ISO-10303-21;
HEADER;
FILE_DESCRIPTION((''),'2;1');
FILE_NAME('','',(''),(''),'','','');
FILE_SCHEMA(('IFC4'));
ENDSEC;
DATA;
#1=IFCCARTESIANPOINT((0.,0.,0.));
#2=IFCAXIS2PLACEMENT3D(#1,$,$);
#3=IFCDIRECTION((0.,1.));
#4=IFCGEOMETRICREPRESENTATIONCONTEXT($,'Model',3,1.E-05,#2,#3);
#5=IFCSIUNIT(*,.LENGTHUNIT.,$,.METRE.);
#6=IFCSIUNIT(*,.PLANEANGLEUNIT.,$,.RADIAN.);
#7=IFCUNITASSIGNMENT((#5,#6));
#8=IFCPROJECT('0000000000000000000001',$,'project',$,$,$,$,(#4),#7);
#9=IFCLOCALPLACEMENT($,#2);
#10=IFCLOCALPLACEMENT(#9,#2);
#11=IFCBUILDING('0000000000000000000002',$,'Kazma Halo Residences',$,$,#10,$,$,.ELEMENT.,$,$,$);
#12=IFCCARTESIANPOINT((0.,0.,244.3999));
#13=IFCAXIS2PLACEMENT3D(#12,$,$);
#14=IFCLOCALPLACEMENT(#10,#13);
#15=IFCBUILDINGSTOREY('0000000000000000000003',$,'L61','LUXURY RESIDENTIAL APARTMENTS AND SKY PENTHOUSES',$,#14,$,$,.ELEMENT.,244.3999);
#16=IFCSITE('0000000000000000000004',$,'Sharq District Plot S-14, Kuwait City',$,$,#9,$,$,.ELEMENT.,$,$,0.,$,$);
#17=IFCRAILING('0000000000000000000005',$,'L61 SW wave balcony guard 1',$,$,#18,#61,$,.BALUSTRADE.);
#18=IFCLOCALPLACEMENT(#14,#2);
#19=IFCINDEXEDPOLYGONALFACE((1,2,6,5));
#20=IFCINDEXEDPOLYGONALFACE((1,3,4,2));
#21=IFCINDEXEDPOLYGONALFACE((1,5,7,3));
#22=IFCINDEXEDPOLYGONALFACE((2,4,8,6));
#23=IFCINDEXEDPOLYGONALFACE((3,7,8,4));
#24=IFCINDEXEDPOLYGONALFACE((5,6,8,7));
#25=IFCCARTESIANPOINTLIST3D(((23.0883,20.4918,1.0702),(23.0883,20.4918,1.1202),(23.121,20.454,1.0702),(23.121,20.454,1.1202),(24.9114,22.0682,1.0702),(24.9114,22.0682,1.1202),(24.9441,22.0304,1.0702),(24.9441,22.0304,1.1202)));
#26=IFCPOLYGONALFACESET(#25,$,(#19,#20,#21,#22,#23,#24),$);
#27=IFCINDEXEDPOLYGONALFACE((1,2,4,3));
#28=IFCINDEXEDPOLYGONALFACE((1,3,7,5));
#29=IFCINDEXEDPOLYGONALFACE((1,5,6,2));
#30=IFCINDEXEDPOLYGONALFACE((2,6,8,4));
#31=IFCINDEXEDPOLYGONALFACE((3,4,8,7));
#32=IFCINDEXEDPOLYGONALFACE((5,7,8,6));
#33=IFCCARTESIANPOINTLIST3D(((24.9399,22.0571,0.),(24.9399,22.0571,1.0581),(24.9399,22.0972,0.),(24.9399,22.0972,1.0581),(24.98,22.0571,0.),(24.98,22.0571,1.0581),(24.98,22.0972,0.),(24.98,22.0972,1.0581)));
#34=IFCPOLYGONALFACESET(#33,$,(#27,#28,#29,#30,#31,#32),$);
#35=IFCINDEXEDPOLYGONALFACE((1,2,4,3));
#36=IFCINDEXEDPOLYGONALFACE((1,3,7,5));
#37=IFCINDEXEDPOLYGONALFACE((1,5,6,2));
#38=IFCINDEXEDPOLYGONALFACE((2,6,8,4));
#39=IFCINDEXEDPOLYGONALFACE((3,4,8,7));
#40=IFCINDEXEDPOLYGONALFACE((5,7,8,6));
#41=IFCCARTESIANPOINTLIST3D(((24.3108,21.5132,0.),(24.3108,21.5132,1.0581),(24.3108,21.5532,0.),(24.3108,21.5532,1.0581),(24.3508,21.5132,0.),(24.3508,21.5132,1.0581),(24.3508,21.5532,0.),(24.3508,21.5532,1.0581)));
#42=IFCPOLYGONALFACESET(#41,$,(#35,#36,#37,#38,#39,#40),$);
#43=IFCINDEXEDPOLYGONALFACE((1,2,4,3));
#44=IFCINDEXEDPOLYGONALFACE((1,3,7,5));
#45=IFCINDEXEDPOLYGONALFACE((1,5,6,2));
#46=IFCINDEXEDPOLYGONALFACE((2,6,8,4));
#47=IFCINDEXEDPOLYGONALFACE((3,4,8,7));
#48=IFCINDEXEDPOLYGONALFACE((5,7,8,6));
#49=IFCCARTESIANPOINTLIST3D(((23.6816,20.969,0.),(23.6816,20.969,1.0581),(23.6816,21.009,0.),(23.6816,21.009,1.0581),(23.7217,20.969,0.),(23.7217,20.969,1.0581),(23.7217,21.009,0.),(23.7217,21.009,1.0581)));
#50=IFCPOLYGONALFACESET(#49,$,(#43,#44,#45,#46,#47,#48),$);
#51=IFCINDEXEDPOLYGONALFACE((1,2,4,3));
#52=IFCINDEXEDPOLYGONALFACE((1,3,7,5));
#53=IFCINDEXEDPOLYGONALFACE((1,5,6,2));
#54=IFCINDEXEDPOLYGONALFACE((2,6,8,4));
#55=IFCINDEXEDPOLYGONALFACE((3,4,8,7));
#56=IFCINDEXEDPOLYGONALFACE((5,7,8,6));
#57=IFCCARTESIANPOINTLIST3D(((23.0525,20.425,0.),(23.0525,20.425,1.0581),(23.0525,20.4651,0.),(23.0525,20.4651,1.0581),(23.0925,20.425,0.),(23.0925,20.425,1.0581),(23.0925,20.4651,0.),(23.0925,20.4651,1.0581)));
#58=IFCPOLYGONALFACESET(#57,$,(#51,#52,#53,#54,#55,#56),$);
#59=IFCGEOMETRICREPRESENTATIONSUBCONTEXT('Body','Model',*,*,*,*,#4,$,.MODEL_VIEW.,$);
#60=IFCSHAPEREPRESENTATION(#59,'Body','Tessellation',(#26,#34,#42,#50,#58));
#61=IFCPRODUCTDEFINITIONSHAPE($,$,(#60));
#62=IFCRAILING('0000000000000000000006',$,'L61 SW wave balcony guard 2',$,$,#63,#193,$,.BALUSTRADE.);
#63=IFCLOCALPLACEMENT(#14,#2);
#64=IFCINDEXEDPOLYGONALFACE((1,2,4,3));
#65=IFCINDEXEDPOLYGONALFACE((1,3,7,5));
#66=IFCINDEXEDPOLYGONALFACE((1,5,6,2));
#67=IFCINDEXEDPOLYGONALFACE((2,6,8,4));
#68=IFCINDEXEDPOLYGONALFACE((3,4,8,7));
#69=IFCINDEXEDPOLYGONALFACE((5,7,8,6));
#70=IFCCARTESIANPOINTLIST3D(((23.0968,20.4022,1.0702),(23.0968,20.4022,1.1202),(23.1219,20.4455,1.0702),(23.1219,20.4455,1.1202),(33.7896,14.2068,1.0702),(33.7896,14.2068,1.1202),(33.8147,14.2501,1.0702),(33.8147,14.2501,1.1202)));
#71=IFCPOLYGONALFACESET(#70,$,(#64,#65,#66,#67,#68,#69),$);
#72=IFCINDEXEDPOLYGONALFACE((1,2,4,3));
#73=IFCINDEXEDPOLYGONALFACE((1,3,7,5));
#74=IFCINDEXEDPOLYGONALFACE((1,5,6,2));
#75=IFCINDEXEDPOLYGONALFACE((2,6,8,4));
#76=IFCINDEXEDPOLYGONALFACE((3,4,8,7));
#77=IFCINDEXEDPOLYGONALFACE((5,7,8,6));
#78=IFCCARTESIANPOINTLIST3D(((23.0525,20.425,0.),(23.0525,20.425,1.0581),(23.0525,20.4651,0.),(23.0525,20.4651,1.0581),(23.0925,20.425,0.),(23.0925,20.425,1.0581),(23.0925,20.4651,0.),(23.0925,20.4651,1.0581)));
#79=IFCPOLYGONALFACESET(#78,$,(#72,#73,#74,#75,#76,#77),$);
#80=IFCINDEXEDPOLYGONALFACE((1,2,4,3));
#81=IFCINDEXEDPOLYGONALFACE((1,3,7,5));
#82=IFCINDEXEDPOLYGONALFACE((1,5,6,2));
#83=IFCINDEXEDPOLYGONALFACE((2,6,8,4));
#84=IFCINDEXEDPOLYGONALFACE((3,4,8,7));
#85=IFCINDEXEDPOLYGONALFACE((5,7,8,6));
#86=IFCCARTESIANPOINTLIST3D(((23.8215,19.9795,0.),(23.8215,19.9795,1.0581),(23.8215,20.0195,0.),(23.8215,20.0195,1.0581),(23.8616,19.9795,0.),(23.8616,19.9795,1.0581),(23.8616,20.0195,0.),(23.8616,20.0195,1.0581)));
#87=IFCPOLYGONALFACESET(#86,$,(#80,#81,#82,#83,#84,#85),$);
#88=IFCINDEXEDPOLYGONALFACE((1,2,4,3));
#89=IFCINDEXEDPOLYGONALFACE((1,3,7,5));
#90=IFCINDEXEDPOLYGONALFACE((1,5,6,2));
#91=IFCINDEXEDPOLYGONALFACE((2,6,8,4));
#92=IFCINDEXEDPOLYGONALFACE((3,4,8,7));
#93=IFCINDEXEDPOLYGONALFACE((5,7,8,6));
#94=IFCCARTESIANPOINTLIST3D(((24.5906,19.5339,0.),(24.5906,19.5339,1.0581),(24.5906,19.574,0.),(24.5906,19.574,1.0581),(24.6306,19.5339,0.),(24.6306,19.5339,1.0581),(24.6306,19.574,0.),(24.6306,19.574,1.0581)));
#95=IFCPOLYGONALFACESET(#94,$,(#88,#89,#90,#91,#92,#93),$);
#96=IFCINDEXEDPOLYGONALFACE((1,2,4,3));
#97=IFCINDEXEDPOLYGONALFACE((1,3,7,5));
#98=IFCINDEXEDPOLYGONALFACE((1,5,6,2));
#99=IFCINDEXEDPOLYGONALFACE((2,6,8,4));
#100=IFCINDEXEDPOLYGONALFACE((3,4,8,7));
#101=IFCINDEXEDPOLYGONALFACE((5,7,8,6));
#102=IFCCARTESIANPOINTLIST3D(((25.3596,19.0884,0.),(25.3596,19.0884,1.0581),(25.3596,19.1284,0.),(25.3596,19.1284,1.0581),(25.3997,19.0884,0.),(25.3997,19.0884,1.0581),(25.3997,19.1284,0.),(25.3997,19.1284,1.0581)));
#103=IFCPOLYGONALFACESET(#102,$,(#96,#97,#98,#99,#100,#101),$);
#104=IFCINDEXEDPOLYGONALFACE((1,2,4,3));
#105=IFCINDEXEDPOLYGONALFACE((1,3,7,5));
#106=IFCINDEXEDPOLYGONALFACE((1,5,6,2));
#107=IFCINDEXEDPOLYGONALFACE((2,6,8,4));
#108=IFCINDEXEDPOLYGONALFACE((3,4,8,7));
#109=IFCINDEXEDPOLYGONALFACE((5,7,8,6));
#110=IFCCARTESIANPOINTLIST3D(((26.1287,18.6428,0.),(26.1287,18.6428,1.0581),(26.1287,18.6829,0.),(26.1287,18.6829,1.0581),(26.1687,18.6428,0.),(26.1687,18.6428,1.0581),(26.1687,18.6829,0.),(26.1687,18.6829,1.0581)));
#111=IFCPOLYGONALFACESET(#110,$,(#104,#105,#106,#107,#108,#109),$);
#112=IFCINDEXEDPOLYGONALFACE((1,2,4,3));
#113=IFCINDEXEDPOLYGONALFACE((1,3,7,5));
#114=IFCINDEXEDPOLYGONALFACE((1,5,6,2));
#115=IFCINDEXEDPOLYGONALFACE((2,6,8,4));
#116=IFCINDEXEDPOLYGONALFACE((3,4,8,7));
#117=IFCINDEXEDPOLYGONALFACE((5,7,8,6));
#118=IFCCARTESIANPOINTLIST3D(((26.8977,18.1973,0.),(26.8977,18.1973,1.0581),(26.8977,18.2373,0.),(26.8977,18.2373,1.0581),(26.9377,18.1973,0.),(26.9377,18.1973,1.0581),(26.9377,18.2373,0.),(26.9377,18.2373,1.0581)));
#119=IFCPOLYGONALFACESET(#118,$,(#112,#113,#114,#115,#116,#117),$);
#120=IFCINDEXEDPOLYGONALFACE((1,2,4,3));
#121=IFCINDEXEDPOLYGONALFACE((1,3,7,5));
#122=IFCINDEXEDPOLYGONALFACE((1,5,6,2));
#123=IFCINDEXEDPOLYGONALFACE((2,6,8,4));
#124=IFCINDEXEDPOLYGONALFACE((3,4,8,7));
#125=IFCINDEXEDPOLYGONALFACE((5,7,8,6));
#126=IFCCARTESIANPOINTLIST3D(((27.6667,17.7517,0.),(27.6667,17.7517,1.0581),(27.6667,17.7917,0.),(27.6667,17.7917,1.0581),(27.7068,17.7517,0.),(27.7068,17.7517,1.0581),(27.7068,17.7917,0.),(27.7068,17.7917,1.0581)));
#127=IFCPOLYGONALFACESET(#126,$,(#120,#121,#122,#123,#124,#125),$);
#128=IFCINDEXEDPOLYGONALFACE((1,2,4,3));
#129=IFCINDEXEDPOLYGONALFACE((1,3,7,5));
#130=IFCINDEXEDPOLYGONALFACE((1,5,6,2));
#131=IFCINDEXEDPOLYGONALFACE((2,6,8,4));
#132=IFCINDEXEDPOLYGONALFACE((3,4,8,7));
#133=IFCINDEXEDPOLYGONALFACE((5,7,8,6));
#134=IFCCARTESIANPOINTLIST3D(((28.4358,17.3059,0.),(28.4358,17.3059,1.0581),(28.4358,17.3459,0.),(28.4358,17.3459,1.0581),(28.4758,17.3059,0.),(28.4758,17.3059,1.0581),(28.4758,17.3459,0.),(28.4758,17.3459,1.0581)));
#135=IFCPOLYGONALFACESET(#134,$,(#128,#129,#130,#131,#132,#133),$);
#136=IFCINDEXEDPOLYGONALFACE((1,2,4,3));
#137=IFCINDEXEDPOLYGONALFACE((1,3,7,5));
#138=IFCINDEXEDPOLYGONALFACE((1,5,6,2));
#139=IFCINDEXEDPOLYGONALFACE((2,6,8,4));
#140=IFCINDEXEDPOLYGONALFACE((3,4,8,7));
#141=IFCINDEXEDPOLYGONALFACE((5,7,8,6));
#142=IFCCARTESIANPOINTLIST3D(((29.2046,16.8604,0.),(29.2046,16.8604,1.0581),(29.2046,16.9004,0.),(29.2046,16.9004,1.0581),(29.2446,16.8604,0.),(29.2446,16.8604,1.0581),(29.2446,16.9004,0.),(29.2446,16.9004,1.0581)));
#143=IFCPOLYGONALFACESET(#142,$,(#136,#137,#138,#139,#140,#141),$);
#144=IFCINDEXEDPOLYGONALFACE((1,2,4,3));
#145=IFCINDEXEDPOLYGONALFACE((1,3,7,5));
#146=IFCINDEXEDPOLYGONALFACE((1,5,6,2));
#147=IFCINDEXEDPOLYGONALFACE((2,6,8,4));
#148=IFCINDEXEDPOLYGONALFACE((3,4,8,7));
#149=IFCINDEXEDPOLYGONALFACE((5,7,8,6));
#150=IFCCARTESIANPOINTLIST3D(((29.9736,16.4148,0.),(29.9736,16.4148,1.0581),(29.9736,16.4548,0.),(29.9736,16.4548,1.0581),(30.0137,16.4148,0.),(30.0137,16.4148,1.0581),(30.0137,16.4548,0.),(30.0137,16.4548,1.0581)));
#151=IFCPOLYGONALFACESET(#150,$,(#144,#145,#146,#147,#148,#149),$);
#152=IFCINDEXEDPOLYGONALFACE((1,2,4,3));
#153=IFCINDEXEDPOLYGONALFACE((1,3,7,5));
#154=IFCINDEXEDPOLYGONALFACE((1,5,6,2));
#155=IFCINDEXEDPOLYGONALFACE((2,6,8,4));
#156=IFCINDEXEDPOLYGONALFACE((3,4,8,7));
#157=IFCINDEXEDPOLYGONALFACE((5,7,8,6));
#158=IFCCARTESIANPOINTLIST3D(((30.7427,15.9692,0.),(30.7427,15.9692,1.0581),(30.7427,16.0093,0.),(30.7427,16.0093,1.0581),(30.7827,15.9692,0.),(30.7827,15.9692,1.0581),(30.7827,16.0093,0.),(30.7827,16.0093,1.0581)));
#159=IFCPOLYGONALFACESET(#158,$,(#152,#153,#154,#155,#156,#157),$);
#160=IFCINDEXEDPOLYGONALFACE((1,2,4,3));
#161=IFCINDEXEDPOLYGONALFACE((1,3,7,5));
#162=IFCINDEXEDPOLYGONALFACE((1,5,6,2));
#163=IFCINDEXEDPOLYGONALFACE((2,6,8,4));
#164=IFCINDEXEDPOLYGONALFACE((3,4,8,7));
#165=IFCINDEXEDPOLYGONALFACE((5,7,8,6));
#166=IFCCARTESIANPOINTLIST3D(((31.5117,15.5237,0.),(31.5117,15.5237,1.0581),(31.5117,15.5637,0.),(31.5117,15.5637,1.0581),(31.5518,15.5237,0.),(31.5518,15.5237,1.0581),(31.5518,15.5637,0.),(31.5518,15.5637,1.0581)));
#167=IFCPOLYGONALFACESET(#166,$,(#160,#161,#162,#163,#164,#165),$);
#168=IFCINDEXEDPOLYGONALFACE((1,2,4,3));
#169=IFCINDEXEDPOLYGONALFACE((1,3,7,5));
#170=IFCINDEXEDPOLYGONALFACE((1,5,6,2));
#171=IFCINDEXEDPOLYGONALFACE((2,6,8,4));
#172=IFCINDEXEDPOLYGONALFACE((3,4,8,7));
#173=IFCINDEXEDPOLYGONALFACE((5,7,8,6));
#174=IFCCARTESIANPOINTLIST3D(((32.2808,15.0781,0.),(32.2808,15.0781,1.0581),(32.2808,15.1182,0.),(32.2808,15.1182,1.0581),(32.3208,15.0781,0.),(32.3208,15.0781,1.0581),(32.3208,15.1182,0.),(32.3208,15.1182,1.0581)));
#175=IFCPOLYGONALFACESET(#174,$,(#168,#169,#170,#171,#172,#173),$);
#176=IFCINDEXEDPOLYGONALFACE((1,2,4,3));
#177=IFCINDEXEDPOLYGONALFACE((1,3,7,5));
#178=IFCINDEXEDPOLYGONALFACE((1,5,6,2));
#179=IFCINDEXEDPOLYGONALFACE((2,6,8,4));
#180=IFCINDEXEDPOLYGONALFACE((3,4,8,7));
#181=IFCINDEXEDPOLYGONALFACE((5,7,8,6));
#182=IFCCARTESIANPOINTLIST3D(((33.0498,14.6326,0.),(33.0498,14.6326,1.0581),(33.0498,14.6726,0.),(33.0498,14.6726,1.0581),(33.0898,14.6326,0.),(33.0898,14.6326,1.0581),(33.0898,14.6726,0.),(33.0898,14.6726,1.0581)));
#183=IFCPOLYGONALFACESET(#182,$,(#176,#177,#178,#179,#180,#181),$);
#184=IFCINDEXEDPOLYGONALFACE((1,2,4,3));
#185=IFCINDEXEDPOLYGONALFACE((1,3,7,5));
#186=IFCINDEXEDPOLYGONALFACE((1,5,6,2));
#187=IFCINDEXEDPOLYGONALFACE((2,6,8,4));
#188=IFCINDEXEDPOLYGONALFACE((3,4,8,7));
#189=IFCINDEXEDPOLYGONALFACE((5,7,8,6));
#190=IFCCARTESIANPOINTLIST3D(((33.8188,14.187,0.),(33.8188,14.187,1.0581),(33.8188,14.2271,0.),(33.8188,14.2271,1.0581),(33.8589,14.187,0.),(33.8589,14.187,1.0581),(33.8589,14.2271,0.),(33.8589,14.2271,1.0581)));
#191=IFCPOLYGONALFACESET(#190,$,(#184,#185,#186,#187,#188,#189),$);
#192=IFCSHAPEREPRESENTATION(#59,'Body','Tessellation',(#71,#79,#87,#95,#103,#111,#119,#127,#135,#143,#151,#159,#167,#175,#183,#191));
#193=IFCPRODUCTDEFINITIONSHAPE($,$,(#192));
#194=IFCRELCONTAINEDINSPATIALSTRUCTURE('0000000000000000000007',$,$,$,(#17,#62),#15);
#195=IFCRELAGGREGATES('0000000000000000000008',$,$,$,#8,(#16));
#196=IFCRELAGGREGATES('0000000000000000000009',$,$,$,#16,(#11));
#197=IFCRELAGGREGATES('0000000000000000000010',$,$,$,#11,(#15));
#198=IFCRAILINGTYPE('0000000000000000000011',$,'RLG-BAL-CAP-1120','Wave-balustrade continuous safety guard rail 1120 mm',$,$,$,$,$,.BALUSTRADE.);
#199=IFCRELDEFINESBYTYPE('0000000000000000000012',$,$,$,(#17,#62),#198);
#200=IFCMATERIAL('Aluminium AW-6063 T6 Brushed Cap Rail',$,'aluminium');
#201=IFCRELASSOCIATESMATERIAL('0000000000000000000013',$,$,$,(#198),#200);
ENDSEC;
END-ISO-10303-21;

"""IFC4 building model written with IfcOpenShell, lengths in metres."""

from ifc_helpers import new_model, si_unit, direction, frame, origin, origin_2d, place, context, subcontext, project, spatial, rectangle, extrude, material, type_object, element, save


model = new_model("IFC4")

# Units and contexts
model_context = context("Model", 3, precision=1e-05, world=origin(), true_north=direction((0.0, 1.0)))
body_context = subcontext(model_context, "Body", "Model", "MODEL_VIEW")
ifc_project = project(units=[si_unit("LENGTHUNIT", "METRE"), si_unit("PLANEANGLEUNIT", "RADIAN")], contexts=[model_context])

# Site, building, storey
site_placement = place(None, origin())
site = spatial("IfcSite", under=ifc_project, at=site_placement, Name="Sharq District Plot S-14, Kuwait City", CompositionType="ELEMENT", RefElevation=0.0)
building_placement = place(site_placement, origin())
building = spatial("IfcBuilding", under=site, at=building_placement, Name="Kazma Halo Residences", CompositionType="ELEMENT")
storey_placement = place(building_placement, frame((0.0, 0.0, 244.3999)))
storey = spatial("IfcBuildingStorey", under=building, at=storey_placement, Name="L61", Description="LUXURY RESIDENTIAL APARTMENTS AND SKY PENTHOUSES", CompositionType="ELEMENT", Elevation=244.3999)

# Railings
ifc_material_1 = material(Name="Aluminium AW-6063 T6 Brushed Cap Rail", Category="aluminium")
railing_type = type_object("IfcRailingType", Name="RLG-BAL-CAP-1120", Description="Wave-balustrade continuous safety guard rail 1120 mm", PredefinedType="BALUSTRADE", material=ifc_material_1)
railing_1_placement = place(storey_placement, frame((24.96, 22.0771, 0.0)))
element("IfcRailing", 1, at=railing_1_placement, inside=storey, type_object=railing_type, Name="L61 SW wave balcony guard 1", PredefinedType="BALUSTRADE", context=body_context, shape_type="SweptSolid", body=[
    extrude(rectangle(XDim=0.05, YDim=0.05, at=origin_2d()), frame((-0.0322, -0.0278, 1.0952), z_axis=(-0.756425, -0.654081, 0.0), x_axis=(0.654081, -0.756425, 0.0)), (0.0, 0.0, 1.0), 2.4102),
    extrude(rectangle(XDim=0.04, YDim=0.04, at=origin_2d()), origin(), (0.0, 0.0, 1.0), 1.0581),
    extrude(rectangle(XDim=0.04, YDim=0.04, at=origin_2d()), frame((-0.6292, -0.5439, 0.0)), (0.0, 0.0, 1.0), 1.0581),
    extrude(rectangle(XDim=0.04, YDim=0.04, at=origin_2d()), frame((-1.2583, -1.0881, 0.0)), (0.0, 0.0, 1.0), 1.0581),
    extrude(rectangle(XDim=0.04, YDim=0.04, at=origin_2d()), frame((-1.8875, -1.6321, 0.0)), (0.0, 0.0, 1.0), 1.0581),
])
railing_2_placement = place(storey_placement, frame((23.0725, 20.4451, 0.0)))
element("IfcRailing", 2, at=railing_2_placement, inside=storey, type_object=railing_type, Name="L61 SW wave balcony guard 2", PredefinedType="BALUSTRADE", context=body_context, shape_type="SweptSolid", body=[
    extrude(rectangle(XDim=0.05, YDim=0.05, at=origin_2d()), frame((0.0369, -0.0212, 1.0952), z_axis=(0.865256, -0.50133, 0.0), x_axis=(0.50133, 0.865256, 0.0)), (0.0, 0.0, 1.0), 12.3579),
    extrude(rectangle(XDim=0.04, YDim=0.04, at=origin_2d()), origin(), (0.0, 0.0, 1.0), 1.0581),
    extrude(rectangle(XDim=0.04, YDim=0.04, at=origin_2d()), frame((0.769, -0.4456, 0.0)), (0.0, 0.0, 1.0), 1.0581),
    extrude(rectangle(XDim=0.04, YDim=0.04, at=origin_2d()), frame((1.5381, -0.8911, 0.0)), (0.0, 0.0, 1.0), 1.0581),
    extrude(rectangle(XDim=0.04, YDim=0.04, at=origin_2d()), frame((2.3071, -1.3367, 0.0)), (0.0, 0.0, 1.0), 1.0581),
    extrude(rectangle(XDim=0.04, YDim=0.04, at=origin_2d()), frame((3.0762, -1.7822, 0.0)), (0.0, 0.0, 1.0), 1.0581),
    extrude(rectangle(XDim=0.04, YDim=0.04, at=origin_2d()), frame((3.8452, -2.2278, 0.0)), (0.0, 0.0, 1.0), 1.0581),
    extrude(rectangle(XDim=0.04, YDim=0.04, at=origin_2d()), frame((4.6143, -2.6733, 0.0)), (0.0, 0.0, 1.0), 1.0581),
    extrude(rectangle(XDim=0.04, YDim=0.04, at=origin_2d()), frame((5.3833, -3.1191, 0.0)), (0.0, 0.0, 1.0), 1.0581),
    extrude(rectangle(XDim=0.04, YDim=0.04, at=origin_2d()), frame((6.1521, -3.5647, 0.0)), (0.0, 0.0, 1.0), 1.0581),
    extrude(rectangle(XDim=0.04, YDim=0.04, at=origin_2d()), frame((6.9211, -4.0103, 0.0)), (0.0, 0.0, 1.0), 1.0581),
    extrude(rectangle(XDim=0.04, YDim=0.04, at=origin_2d()), frame((7.6902, -4.4558, 0.0)), (0.0, 0.0, 1.0), 1.0581),
    extrude(rectangle(XDim=0.04, YDim=0.04, at=origin_2d()), frame((8.4592, -4.9014, 0.0)), (0.0, 0.0, 1.0), 1.0581),
    extrude(rectangle(XDim=0.04, YDim=0.04, at=origin_2d()), frame((9.2283, -5.3469, 0.0)), (0.0, 0.0, 1.0), 1.0581),
    extrude(rectangle(XDim=0.04, YDim=0.04, at=origin_2d()), frame((9.9973, -5.7925, 0.0)), (0.0, 0.0, 1.0), 1.0581),
    extrude(rectangle(XDim=0.04, YDim=0.04, at=origin_2d()), frame((10.7664, -6.238, 0.0)), (0.0, 0.0, 1.0), 1.0581),
])

save(model, "model.ifc")
